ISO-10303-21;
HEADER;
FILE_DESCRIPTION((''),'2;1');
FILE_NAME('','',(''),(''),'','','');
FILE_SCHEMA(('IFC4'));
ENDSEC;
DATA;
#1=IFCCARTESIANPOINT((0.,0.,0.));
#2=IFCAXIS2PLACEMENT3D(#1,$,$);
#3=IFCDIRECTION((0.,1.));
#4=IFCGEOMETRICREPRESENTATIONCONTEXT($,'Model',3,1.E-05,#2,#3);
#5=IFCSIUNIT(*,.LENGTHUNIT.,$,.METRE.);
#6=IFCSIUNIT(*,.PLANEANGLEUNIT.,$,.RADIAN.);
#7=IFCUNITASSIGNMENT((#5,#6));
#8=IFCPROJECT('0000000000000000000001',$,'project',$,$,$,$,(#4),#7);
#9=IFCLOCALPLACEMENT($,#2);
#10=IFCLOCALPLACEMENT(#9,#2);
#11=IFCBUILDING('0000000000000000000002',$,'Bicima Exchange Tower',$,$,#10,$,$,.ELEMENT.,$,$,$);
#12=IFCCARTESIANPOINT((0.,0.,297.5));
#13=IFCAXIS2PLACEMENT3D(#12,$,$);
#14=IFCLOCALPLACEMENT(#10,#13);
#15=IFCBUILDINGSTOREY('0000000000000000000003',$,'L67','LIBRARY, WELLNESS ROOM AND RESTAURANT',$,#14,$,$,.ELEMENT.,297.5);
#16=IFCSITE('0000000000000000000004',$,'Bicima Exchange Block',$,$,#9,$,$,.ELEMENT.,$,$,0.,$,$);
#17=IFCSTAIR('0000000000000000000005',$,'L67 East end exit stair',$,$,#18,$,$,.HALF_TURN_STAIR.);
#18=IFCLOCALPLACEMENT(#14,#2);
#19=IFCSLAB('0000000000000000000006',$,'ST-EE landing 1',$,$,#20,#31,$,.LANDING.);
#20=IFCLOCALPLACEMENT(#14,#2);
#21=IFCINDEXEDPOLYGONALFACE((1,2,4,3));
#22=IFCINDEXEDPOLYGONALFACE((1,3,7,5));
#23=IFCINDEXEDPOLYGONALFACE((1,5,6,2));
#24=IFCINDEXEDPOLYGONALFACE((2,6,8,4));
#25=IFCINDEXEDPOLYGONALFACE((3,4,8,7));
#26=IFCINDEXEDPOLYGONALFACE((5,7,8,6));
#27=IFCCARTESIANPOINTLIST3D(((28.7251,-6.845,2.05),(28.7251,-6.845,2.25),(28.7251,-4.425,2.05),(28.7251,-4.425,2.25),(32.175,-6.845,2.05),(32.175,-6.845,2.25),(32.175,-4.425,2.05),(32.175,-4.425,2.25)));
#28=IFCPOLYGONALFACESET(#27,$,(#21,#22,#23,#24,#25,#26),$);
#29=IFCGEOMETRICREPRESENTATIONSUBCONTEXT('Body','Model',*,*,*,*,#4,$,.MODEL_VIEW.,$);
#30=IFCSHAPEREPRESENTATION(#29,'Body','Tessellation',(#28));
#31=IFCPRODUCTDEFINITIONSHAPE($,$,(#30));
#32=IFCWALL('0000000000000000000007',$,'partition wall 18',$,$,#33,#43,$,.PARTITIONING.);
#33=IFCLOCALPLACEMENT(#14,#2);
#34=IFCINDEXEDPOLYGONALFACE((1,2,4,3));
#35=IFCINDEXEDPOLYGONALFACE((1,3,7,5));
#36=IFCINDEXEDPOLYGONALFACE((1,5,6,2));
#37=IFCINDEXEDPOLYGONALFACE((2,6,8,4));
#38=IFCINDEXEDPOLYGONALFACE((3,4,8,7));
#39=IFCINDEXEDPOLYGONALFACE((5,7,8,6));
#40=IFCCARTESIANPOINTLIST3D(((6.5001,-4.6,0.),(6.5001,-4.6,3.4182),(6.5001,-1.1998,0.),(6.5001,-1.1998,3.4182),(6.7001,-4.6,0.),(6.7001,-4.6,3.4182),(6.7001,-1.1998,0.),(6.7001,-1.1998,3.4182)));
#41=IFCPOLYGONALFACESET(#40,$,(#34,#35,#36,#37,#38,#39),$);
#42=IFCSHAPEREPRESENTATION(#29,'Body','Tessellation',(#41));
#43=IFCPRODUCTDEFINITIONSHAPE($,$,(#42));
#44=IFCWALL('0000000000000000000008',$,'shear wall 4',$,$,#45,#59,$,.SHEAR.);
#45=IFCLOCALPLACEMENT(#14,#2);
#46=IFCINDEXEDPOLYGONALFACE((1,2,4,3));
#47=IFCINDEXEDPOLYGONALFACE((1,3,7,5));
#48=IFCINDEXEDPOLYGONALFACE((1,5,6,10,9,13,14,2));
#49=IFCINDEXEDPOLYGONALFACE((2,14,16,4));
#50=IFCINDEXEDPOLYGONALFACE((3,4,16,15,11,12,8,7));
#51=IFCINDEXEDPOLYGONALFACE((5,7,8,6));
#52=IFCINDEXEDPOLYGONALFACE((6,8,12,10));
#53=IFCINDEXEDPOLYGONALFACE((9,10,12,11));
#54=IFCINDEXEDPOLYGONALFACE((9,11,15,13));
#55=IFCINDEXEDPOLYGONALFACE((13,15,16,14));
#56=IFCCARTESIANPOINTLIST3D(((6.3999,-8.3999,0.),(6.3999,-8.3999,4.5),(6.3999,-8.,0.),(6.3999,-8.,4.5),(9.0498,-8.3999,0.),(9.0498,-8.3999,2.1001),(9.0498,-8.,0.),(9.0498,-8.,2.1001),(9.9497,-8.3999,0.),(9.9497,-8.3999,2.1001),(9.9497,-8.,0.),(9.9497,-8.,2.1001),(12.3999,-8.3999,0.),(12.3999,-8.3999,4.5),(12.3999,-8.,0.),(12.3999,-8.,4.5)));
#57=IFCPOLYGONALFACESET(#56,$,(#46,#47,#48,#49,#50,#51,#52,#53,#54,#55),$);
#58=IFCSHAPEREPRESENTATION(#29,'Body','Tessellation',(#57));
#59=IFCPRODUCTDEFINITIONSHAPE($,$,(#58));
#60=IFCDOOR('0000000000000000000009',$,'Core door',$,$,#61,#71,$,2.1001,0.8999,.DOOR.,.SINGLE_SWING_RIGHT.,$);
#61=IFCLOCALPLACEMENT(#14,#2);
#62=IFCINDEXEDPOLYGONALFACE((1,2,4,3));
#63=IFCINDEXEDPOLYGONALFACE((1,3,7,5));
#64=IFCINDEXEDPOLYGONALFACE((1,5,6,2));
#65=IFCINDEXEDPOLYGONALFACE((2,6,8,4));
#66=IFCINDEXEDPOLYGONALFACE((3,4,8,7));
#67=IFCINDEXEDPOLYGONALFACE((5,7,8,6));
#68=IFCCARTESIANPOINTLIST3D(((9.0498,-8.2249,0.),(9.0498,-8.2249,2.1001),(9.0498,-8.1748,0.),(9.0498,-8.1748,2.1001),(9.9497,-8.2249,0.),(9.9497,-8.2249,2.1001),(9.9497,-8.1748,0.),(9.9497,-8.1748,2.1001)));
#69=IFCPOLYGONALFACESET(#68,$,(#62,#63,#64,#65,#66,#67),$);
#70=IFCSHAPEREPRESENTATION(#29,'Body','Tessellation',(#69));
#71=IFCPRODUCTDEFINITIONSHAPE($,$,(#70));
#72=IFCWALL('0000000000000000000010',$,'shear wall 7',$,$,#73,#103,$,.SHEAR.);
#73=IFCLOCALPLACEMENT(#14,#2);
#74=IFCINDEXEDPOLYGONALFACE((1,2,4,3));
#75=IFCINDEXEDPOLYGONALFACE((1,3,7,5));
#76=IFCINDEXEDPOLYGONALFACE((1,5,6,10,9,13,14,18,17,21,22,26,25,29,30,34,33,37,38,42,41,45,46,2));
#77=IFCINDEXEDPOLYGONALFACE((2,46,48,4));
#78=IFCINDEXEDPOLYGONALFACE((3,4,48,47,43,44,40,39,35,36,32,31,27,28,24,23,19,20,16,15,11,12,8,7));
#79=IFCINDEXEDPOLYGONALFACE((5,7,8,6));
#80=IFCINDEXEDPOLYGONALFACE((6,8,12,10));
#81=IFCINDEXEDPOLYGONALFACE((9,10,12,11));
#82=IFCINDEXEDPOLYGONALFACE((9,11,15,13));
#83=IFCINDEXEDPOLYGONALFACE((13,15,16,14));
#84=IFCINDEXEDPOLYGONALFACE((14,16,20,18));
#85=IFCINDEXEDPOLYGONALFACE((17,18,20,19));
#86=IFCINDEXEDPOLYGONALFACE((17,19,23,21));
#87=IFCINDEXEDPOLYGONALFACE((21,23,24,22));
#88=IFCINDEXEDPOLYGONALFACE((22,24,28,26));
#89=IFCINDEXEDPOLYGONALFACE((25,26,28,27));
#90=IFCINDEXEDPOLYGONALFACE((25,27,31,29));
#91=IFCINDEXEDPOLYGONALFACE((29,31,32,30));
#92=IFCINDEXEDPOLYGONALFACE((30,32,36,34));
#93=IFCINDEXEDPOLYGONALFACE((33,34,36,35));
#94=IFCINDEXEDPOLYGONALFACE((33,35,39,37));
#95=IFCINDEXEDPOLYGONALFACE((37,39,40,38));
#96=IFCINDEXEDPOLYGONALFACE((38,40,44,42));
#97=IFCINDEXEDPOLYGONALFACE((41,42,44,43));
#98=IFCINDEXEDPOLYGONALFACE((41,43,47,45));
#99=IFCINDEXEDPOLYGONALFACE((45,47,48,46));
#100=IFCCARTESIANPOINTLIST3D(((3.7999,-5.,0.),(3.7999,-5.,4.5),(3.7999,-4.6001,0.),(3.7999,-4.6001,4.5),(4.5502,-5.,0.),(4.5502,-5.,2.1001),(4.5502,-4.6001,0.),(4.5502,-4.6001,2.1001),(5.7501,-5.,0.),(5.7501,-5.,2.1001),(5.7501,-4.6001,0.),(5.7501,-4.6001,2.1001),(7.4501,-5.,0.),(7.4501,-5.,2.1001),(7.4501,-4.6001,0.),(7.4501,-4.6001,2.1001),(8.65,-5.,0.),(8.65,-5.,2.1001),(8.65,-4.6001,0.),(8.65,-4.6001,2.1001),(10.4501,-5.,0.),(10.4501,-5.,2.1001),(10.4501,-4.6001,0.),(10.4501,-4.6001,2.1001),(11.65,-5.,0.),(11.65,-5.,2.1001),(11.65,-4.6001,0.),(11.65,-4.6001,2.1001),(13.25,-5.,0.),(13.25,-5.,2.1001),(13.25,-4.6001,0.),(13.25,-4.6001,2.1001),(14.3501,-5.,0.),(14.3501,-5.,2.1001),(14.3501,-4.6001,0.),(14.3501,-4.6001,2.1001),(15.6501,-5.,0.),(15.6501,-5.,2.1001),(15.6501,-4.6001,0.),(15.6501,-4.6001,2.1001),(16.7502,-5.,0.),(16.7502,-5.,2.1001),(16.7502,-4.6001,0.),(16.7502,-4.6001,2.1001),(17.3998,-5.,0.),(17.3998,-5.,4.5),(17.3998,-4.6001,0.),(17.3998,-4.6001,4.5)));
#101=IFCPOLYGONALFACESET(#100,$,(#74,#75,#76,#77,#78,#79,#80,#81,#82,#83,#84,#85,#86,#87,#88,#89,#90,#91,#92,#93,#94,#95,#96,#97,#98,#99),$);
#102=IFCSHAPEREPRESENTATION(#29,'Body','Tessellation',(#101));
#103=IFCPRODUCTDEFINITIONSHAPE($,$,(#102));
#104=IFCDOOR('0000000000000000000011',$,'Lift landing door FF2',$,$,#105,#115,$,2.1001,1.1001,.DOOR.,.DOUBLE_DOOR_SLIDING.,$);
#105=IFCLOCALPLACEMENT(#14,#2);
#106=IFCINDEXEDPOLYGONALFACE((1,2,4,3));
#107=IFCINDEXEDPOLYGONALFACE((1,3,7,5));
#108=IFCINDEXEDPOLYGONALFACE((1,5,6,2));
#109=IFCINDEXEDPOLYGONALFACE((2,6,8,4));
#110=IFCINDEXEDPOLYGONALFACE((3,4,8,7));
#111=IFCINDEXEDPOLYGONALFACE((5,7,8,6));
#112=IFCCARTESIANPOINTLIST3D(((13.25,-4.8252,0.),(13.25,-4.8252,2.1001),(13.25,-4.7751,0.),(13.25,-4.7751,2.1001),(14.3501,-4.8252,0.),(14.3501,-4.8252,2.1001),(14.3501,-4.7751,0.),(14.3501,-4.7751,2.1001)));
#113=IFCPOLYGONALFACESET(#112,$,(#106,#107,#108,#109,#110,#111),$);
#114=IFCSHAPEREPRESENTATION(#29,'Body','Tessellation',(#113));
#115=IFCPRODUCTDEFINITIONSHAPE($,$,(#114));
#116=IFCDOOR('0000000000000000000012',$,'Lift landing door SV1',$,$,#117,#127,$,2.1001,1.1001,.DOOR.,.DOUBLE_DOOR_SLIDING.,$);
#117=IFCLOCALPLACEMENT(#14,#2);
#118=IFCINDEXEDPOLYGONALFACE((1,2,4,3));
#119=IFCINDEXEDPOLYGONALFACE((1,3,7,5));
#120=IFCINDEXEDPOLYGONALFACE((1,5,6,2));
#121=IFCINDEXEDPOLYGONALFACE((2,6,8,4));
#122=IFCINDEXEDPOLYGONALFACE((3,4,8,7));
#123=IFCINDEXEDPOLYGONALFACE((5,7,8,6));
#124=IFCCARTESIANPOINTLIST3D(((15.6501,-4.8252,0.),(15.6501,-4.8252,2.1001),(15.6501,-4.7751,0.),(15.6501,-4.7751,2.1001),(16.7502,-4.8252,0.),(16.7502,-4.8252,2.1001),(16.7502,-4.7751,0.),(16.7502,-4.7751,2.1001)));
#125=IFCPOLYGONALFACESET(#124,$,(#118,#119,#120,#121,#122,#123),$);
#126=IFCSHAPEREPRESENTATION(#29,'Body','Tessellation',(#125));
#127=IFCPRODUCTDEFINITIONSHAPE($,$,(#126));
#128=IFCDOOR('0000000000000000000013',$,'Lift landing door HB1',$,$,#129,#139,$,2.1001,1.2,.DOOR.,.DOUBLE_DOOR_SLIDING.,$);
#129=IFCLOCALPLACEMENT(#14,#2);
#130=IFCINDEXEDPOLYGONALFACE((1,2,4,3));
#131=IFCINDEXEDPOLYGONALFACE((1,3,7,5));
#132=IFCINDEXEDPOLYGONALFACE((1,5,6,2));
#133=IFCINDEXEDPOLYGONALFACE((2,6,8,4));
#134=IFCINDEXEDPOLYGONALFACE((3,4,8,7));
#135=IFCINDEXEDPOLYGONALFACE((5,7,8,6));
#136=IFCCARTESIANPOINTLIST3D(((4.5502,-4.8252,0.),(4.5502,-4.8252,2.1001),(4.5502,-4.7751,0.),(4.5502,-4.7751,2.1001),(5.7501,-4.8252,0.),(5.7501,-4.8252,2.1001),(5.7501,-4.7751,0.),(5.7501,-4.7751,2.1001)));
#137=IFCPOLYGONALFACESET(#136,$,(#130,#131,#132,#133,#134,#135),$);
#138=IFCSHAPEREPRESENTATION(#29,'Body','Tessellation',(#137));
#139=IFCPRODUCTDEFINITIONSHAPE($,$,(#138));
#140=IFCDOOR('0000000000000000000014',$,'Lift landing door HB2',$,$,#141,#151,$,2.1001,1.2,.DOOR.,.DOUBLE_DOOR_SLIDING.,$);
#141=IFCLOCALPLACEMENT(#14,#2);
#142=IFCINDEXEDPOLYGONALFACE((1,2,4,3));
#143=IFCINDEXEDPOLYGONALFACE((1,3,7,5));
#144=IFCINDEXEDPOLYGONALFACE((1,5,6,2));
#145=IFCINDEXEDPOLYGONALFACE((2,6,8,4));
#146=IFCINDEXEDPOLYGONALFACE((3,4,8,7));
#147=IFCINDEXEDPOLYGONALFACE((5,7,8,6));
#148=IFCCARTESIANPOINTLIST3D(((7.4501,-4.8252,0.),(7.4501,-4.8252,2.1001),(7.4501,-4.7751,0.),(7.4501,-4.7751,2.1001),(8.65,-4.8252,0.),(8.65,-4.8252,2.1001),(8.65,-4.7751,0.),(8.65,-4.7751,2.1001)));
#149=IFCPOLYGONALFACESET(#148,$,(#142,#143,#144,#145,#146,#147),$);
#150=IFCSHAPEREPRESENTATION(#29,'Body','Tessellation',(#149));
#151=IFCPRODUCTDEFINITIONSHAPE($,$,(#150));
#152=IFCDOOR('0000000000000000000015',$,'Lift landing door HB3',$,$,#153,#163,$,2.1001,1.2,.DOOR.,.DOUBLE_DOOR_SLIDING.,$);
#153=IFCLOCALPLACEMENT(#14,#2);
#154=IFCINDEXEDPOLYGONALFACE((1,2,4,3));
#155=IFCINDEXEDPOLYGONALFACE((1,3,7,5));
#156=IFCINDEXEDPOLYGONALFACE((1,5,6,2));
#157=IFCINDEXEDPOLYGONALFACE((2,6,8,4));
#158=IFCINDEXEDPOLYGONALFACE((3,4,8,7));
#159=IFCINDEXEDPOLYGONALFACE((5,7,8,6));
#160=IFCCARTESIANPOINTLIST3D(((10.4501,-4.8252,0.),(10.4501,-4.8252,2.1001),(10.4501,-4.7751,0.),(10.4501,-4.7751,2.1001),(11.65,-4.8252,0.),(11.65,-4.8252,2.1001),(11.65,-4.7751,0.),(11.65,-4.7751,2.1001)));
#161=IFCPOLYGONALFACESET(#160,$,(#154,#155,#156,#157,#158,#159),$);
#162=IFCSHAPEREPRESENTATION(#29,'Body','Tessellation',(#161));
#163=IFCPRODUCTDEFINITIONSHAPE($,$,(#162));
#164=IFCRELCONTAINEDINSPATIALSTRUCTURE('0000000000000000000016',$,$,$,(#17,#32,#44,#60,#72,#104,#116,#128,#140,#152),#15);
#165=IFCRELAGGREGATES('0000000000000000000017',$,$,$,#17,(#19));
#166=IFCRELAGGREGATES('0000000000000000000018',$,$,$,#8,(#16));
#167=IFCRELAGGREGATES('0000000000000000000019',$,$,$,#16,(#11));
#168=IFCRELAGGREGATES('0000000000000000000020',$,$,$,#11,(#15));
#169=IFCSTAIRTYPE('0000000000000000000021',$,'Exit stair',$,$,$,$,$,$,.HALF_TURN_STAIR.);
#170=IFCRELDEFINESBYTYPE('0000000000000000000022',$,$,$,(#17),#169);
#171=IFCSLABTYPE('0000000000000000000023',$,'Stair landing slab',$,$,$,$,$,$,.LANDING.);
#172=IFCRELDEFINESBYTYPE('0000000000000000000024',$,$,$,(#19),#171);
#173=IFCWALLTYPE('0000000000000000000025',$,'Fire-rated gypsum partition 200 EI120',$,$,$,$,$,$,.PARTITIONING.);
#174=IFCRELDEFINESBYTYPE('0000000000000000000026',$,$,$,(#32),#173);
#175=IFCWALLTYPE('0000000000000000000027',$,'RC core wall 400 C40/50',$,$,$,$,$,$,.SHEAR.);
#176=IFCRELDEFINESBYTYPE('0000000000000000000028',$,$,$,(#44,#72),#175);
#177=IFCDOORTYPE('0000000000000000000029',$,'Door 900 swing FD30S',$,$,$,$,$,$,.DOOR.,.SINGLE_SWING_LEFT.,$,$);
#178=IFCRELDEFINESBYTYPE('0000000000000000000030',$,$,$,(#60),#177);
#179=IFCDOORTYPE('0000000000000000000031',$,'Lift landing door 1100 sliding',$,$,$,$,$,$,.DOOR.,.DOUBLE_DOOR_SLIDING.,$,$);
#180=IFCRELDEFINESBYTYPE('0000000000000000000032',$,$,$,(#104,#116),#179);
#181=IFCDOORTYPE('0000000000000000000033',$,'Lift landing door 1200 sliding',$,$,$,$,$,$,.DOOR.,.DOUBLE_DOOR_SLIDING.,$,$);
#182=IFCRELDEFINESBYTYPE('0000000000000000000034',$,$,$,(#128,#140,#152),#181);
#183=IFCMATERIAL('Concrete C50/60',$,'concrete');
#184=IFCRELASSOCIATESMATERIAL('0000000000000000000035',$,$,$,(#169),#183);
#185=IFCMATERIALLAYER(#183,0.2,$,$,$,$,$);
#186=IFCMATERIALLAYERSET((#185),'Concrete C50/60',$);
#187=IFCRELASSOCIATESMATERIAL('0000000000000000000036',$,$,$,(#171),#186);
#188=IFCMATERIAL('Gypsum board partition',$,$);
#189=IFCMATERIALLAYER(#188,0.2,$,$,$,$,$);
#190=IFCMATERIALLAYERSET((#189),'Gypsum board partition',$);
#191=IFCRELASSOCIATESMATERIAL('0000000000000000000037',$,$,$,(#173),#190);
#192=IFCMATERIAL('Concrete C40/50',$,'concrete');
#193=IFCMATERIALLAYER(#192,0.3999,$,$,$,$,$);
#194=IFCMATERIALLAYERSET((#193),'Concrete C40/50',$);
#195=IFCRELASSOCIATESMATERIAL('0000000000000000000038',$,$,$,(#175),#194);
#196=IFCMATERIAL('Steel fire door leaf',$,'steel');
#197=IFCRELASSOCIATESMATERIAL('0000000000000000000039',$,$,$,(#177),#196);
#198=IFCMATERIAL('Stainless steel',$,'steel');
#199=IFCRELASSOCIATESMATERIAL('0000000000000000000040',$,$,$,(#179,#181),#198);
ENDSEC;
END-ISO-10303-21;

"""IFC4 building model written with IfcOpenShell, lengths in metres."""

from ifc_helpers import new_model, si_unit, direction, frame, frame_2d, origin, place, context, subcontext, project, spatial, polyline, rectangle, outline, extrude, material, layer, layer_set, type_object, element, fill, aggregate, save


model = new_model("IFC4")

# Units and contexts
model_context = context("Model", 3, precision=1e-05, world=origin(), true_north=direction((0.0, 1.0)))
body_context = subcontext(model_context, "Body", "Model", "MODEL_VIEW")
ifc_project = project(units=[si_unit("LENGTHUNIT", "METRE"), si_unit("PLANEANGLEUNIT", "RADIAN")], contexts=[model_context])

# Site, building, storey
site_placement = place(None, origin())
site = spatial("IfcSite", under=ifc_project, at=site_placement, Name="Bicima Exchange Block", CompositionType="ELEMENT", RefElevation=0.0)
building_placement = place(site_placement, origin())
building = spatial("IfcBuilding", under=site, at=building_placement, Name="Bicima Exchange Tower", CompositionType="ELEMENT")
storey_placement = place(building_placement, frame((0.0, 0.0, 297.5)))
storey = spatial("IfcBuildingStorey", under=building, at=storey_placement, Name="L67", Description="LIBRARY, WELLNESS ROOM AND RESTAURANT", CompositionType="ELEMENT", Elevation=297.5)

# Shared definitions
ifc_material_1 = material(Name="Concrete C40/50", Category="concrete")

# Stair, slab
ifc_material_2 = material(Name="Concrete C50/60", Category="concrete")
stair_type_1 = type_object("IfcStairType", Name="Exit stair", PredefinedType="HALF_TURN_STAIR", material=ifc_material_2)
ifc_layer_1 = layer(ifc_material_2, 0.2)
ifc_layer_set_1 = layer_set([ifc_layer_1], Name="Concrete C50/60")
slab_type_1 = type_object("IfcSlabType", Name="Stair landing slab", PredefinedType="LANDING", material=ifc_layer_set_1)
stair_1_placement = place(storey_placement, origin())
stair_1 = element("IfcStair", 1, at=stair_1_placement, inside=storey, type_object=stair_type_1, Name="L67 East end exit stair", PredefinedType="HALF_TURN_STAIR")
slab_1_placement = place(storey_placement, frame((0.0, 0.0, 2.05)))
slab_1 = element("IfcSlab", 2, at=slab_1_placement, type_object=slab_type_1, Name="ST-EE landing 1", PredefinedType="LANDING", context=body_context, shape_type="SweptSolid", body=[
    extrude(outline(polyline([(32.175, -6.845), (32.175, -4.425), (28.7251, -4.425), (28.7251, -6.845), (32.175, -6.845)])), origin(), (0.0, 0.0, 1.0), 0.2),
])
aggregate(stair_1, [slab_1])

# Wall
ifc_material_3 = material(Name="Gypsum board partition")
ifc_layer_2 = layer(ifc_material_3, 0.2)
ifc_layer_set_2 = layer_set([ifc_layer_2], Name="Gypsum board partition")
wall_type_1 = type_object("IfcWallType", Name="Fire-rated gypsum partition 200 EI120", PredefinedType="PARTITIONING", material=ifc_layer_set_2)
wall_1_placement = place(storey_placement, frame((6.6001, -4.6001, 0.0), z_axis=(0.0, 0.0, 1.0), x_axis=(0.0, 1.0, 0.0)))
element("IfcWall", 3, at=wall_1_placement, inside=storey, type_object=wall_type_1, Name="partition wall 18", PredefinedType="PARTITIONING", context=body_context, shape_type="SweptSolid", body=[
    extrude(rectangle(XDim=3.4001, YDim=0.2, at=frame_2d((1.7002, 0.0))), origin(), (0.0, 0.0, 1.0), 3.4182),
])

# Wall, opening, door
ifc_layer_3 = layer(ifc_material_1, 0.3999)
ifc_layer_set_3 = layer_set([ifc_layer_3], Name="Concrete C40/50")
wall_type_2 = type_object("IfcWallType", Name="RC core wall 400 C40/50", PredefinedType="SHEAR", material=ifc_layer_set_3)
wall_2_placement = place(storey_placement, frame((6.3999, -8.2, 0.0), z_axis=(0.0, 0.0, 1.0), x_axis=(1.0, 0.0, 0.0)))
wall_2 = element("IfcWall", 4, at=wall_2_placement, inside=storey, type_object=wall_type_2, Name="shear wall 4", PredefinedType="SHEAR", context=body_context, shape_type="SweptSolid", body=[
    extrude(rectangle(XDim=6.0, YDim=0.3999, at=frame_2d((3.0, 0.0))), origin(), (0.0, 0.0, 1.0), 4.5),
])
opening_1_placement = place(wall_2_placement, frame((2.6499, 0.0, 0.0)))
opening_1 = element("IfcOpeningElement", 5, at=opening_1_placement, cuts=wall_2, PredefinedType="OPENING", context=body_context, shape_type="SweptSolid", body=[
    extrude(rectangle(XDim=0.8999, YDim=2.1001, at=frame_2d((0.45, 1.05))), frame((0.0, 0.2119, 0.0), z_axis=(0.0, -1.0, 0.0), x_axis=(1.0, 0.0, 0.0)), (0.0, 0.0, 1.0), 0.4238),
])
ifc_material_4 = material(Name="Steel fire door leaf", Category="steel")
door_type_1 = type_object("IfcDoorType", Name="Door 900 swing FD30S", OperationType="SINGLE_SWING_LEFT", PredefinedType="DOOR", material=ifc_material_4)
door_1_placement = place(opening_1_placement, frame((0.8999, 0.0, 0.0), z_axis=(0.0, 0.0, 1.0), x_axis=(-1.0, 0.0, 0.0)))
door_1 = element("IfcDoor", 6, at=door_1_placement, inside=storey, type_object=door_type_1, Name="Core door", OperationType="SINGLE_SWING_RIGHT", OverallHeight=2.1001, OverallWidth=0.8999, PredefinedType="DOOR", context=body_context, shape_type="SweptSolid", body=[
    extrude(rectangle(XDim=0.8999, YDim=2.1001, at=frame_2d((0.45, 1.05))), frame((0.0, 0.0249, 0.0), z_axis=(0.0, -1.0, 0.0), x_axis=(1.0, 0.0, 0.0)), (0.0, 0.0, 1.0), 0.05),
])
fill(opening_1, door_1)

# Wall, openings, doors
wall_3_placement = place(storey_placement, frame((3.8, -4.8, 0.0), z_axis=(0.0, 0.0, 1.0), x_axis=(1.0, 0.0, 0.0)))
wall_3 = element("IfcWall", 7, at=wall_3_placement, inside=storey, type_object=wall_type_2, Name="shear wall 7", PredefinedType="SHEAR", context=body_context, shape_type="SweptSolid", body=[
    extrude(rectangle(XDim=13.5999, YDim=0.3999, at=frame_2d((6.7998, 0.0))), origin(), (0.0, 0.0, 1.0), 4.5),
])
opening_2_placement = place(wall_3_placement, frame((0.75, 0.0, 0.0)))
opening_2 = element("IfcOpeningElement", 8, at=opening_2_placement, cuts=wall_3, PredefinedType="OPENING", context=body_context, shape_type="SweptSolid", body=[
    extrude(rectangle(XDim=1.2, YDim=2.1001, at=frame_2d((0.6001, 1.05))), frame((0.0, 0.2119, 0.0), z_axis=(0.0, -1.0, 0.0), x_axis=(1.0, 0.0, 0.0)), (0.0, 0.0, 1.0), 0.4238),
])
opening_3_placement = place(wall_3_placement, frame((3.6499, 0.0, 0.0)))
opening_3 = element("IfcOpeningElement", 9, at=opening_3_placement, cuts=wall_3, PredefinedType="OPENING", context=body_context, shape_type="SweptSolid", body=[
    extrude(rectangle(XDim=1.2, YDim=2.1001, at=frame_2d((0.6001, 1.05))), frame((0.0, 0.2119, 0.0), z_axis=(0.0, -1.0, 0.0), x_axis=(1.0, 0.0, 0.0)), (0.0, 0.0, 1.0), 0.4238),
])
opening_4_placement = place(wall_3_placement, frame((6.6499, 0.0, 0.0)))
opening_4 = element("IfcOpeningElement", 10, at=opening_4_placement, cuts=wall_3, PredefinedType="OPENING", context=body_context, shape_type="SweptSolid", body=[
    extrude(rectangle(XDim=1.2, YDim=2.1001, at=frame_2d((0.6001, 1.05))), frame((0.0, 0.2119, 0.0), z_axis=(0.0, -1.0, 0.0), x_axis=(1.0, 0.0, 0.0)), (0.0, 0.0, 1.0), 0.4238),
])
opening_5_placement = place(wall_3_placement, frame((9.45, 0.0, 0.0)))
opening_5 = element("IfcOpeningElement", 11, at=opening_5_placement, cuts=wall_3, PredefinedType="OPENING", context=body_context, shape_type="SweptSolid", body=[
    extrude(rectangle(XDim=1.1001, YDim=2.1001, at=frame_2d((0.55, 1.05))), frame((0.0, 0.2119, 0.0), z_axis=(0.0, -1.0, 0.0), x_axis=(1.0, 0.0, 0.0)), (0.0, 0.0, 1.0), 0.4238),
])
opening_6_placement = place(wall_3_placement, frame((11.8501, 0.0, 0.0)))
opening_6 = element("IfcOpeningElement", 12, at=opening_6_placement, cuts=wall_3, PredefinedType="OPENING", context=body_context, shape_type="SweptSolid", body=[
    extrude(rectangle(XDim=1.1001, YDim=2.1001, at=frame_2d((0.55, 1.05))), frame((0.0, 0.2119, 0.0), z_axis=(0.0, -1.0, 0.0), x_axis=(1.0, 0.0, 0.0)), (0.0, 0.0, 1.0), 0.4238),
])
ifc_material_5 = material(Name="Stainless steel", Category="steel")
door_type_2 = type_object("IfcDoorType", Name="Lift landing door 1100 sliding", OperationType="DOUBLE_DOOR_SLIDING", PredefinedType="DOOR", material=ifc_material_5)
door_2_placement = place(opening_5_placement, origin())
door_2 = element("IfcDoor", 13, at=door_2_placement, inside=storey, type_object=door_type_2, Name="Lift landing door FF2", OperationType="DOUBLE_DOOR_SLIDING", OverallHeight=2.1001, OverallWidth=1.1001, PredefinedType="DOOR", context=body_context, shape_type="SweptSolid", body=[
    extrude(rectangle(XDim=1.1001, YDim=2.1001, at=frame_2d((0.55, 1.05))), frame((0.0, 0.0249, 0.0), z_axis=(0.0, -1.0, 0.0), x_axis=(1.0, 0.0, 0.0)), (0.0, 0.0, 1.0), 0.05),
])
fill(opening_5, door_2)
door_3_placement = place(opening_6_placement, origin())
door_3 = element("IfcDoor", 14, at=door_3_placement, inside=storey, type_object=door_type_2, Name="Lift landing door SV1", OperationType="DOUBLE_DOOR_SLIDING", OverallHeight=2.1001, OverallWidth=1.1001, PredefinedType="DOOR", context=body_context, shape_type="SweptSolid", body=[
    extrude(rectangle(XDim=1.1001, YDim=2.1001, at=frame_2d((0.55, 1.05))), frame((0.0, 0.0249, 0.0), z_axis=(0.0, -1.0, 0.0), x_axis=(1.0, 0.0, 0.0)), (0.0, 0.0, 1.0), 0.05),
])
fill(opening_6, door_3)
door_type_3 = type_object("IfcDoorType", Name="Lift landing door 1200 sliding", OperationType="DOUBLE_DOOR_SLIDING", PredefinedType="DOOR", material=ifc_material_5)
door_4_placement = place(opening_2_placement, origin())
door_4 = element("IfcDoor", 15, at=door_4_placement, inside=storey, type_object=door_type_3, Name="Lift landing door HB1", OperationType="DOUBLE_DOOR_SLIDING", OverallHeight=2.1001, OverallWidth=1.2, PredefinedType="DOOR", context=body_context, shape_type="SweptSolid", body=[
    extrude(rectangle(XDim=1.2, YDim=2.1001, at=frame_2d((0.6001, 1.05))), frame((0.0, 0.0249, 0.0), z_axis=(0.0, -1.0, 0.0), x_axis=(1.0, 0.0, 0.0)), (0.0, 0.0, 1.0), 0.05),
])
fill(opening_2, door_4)
door_5_placement = place(opening_3_placement, origin())
door_5 = element("IfcDoor", 16, at=door_5_placement, inside=storey, type_object=door_type_3, Name="Lift landing door HB2", OperationType="DOUBLE_DOOR_SLIDING", OverallHeight=2.1001, OverallWidth=1.2, PredefinedType="DOOR", context=body_context, shape_type="SweptSolid", body=[
    extrude(rectangle(XDim=1.2, YDim=2.1001, at=frame_2d((0.6001, 1.05))), frame((0.0, 0.0249, 0.0), z_axis=(0.0, -1.0, 0.0), x_axis=(1.0, 0.0, 0.0)), (0.0, 0.0, 1.0), 0.05),
])
fill(opening_3, door_5)
door_6_placement = place(opening_4_placement, origin())
door_6 = element("IfcDoor", 17, at=door_6_placement, inside=storey, type_object=door_type_3, Name="Lift landing door HB3", OperationType="DOUBLE_DOOR_SLIDING", OverallHeight=2.1001, OverallWidth=1.2, PredefinedType="DOOR", context=body_context, shape_type="SweptSolid", body=[
    extrude(rectangle(XDim=1.2, YDim=2.1001, at=frame_2d((0.6001, 1.05))), frame((0.0, 0.0249, 0.0), z_axis=(0.0, -1.0, 0.0), x_axis=(1.0, 0.0, 0.0)), (0.0, 0.0, 1.0), 0.05),
])
fill(opening_4, door_6)

save(model, "model.ifc")
